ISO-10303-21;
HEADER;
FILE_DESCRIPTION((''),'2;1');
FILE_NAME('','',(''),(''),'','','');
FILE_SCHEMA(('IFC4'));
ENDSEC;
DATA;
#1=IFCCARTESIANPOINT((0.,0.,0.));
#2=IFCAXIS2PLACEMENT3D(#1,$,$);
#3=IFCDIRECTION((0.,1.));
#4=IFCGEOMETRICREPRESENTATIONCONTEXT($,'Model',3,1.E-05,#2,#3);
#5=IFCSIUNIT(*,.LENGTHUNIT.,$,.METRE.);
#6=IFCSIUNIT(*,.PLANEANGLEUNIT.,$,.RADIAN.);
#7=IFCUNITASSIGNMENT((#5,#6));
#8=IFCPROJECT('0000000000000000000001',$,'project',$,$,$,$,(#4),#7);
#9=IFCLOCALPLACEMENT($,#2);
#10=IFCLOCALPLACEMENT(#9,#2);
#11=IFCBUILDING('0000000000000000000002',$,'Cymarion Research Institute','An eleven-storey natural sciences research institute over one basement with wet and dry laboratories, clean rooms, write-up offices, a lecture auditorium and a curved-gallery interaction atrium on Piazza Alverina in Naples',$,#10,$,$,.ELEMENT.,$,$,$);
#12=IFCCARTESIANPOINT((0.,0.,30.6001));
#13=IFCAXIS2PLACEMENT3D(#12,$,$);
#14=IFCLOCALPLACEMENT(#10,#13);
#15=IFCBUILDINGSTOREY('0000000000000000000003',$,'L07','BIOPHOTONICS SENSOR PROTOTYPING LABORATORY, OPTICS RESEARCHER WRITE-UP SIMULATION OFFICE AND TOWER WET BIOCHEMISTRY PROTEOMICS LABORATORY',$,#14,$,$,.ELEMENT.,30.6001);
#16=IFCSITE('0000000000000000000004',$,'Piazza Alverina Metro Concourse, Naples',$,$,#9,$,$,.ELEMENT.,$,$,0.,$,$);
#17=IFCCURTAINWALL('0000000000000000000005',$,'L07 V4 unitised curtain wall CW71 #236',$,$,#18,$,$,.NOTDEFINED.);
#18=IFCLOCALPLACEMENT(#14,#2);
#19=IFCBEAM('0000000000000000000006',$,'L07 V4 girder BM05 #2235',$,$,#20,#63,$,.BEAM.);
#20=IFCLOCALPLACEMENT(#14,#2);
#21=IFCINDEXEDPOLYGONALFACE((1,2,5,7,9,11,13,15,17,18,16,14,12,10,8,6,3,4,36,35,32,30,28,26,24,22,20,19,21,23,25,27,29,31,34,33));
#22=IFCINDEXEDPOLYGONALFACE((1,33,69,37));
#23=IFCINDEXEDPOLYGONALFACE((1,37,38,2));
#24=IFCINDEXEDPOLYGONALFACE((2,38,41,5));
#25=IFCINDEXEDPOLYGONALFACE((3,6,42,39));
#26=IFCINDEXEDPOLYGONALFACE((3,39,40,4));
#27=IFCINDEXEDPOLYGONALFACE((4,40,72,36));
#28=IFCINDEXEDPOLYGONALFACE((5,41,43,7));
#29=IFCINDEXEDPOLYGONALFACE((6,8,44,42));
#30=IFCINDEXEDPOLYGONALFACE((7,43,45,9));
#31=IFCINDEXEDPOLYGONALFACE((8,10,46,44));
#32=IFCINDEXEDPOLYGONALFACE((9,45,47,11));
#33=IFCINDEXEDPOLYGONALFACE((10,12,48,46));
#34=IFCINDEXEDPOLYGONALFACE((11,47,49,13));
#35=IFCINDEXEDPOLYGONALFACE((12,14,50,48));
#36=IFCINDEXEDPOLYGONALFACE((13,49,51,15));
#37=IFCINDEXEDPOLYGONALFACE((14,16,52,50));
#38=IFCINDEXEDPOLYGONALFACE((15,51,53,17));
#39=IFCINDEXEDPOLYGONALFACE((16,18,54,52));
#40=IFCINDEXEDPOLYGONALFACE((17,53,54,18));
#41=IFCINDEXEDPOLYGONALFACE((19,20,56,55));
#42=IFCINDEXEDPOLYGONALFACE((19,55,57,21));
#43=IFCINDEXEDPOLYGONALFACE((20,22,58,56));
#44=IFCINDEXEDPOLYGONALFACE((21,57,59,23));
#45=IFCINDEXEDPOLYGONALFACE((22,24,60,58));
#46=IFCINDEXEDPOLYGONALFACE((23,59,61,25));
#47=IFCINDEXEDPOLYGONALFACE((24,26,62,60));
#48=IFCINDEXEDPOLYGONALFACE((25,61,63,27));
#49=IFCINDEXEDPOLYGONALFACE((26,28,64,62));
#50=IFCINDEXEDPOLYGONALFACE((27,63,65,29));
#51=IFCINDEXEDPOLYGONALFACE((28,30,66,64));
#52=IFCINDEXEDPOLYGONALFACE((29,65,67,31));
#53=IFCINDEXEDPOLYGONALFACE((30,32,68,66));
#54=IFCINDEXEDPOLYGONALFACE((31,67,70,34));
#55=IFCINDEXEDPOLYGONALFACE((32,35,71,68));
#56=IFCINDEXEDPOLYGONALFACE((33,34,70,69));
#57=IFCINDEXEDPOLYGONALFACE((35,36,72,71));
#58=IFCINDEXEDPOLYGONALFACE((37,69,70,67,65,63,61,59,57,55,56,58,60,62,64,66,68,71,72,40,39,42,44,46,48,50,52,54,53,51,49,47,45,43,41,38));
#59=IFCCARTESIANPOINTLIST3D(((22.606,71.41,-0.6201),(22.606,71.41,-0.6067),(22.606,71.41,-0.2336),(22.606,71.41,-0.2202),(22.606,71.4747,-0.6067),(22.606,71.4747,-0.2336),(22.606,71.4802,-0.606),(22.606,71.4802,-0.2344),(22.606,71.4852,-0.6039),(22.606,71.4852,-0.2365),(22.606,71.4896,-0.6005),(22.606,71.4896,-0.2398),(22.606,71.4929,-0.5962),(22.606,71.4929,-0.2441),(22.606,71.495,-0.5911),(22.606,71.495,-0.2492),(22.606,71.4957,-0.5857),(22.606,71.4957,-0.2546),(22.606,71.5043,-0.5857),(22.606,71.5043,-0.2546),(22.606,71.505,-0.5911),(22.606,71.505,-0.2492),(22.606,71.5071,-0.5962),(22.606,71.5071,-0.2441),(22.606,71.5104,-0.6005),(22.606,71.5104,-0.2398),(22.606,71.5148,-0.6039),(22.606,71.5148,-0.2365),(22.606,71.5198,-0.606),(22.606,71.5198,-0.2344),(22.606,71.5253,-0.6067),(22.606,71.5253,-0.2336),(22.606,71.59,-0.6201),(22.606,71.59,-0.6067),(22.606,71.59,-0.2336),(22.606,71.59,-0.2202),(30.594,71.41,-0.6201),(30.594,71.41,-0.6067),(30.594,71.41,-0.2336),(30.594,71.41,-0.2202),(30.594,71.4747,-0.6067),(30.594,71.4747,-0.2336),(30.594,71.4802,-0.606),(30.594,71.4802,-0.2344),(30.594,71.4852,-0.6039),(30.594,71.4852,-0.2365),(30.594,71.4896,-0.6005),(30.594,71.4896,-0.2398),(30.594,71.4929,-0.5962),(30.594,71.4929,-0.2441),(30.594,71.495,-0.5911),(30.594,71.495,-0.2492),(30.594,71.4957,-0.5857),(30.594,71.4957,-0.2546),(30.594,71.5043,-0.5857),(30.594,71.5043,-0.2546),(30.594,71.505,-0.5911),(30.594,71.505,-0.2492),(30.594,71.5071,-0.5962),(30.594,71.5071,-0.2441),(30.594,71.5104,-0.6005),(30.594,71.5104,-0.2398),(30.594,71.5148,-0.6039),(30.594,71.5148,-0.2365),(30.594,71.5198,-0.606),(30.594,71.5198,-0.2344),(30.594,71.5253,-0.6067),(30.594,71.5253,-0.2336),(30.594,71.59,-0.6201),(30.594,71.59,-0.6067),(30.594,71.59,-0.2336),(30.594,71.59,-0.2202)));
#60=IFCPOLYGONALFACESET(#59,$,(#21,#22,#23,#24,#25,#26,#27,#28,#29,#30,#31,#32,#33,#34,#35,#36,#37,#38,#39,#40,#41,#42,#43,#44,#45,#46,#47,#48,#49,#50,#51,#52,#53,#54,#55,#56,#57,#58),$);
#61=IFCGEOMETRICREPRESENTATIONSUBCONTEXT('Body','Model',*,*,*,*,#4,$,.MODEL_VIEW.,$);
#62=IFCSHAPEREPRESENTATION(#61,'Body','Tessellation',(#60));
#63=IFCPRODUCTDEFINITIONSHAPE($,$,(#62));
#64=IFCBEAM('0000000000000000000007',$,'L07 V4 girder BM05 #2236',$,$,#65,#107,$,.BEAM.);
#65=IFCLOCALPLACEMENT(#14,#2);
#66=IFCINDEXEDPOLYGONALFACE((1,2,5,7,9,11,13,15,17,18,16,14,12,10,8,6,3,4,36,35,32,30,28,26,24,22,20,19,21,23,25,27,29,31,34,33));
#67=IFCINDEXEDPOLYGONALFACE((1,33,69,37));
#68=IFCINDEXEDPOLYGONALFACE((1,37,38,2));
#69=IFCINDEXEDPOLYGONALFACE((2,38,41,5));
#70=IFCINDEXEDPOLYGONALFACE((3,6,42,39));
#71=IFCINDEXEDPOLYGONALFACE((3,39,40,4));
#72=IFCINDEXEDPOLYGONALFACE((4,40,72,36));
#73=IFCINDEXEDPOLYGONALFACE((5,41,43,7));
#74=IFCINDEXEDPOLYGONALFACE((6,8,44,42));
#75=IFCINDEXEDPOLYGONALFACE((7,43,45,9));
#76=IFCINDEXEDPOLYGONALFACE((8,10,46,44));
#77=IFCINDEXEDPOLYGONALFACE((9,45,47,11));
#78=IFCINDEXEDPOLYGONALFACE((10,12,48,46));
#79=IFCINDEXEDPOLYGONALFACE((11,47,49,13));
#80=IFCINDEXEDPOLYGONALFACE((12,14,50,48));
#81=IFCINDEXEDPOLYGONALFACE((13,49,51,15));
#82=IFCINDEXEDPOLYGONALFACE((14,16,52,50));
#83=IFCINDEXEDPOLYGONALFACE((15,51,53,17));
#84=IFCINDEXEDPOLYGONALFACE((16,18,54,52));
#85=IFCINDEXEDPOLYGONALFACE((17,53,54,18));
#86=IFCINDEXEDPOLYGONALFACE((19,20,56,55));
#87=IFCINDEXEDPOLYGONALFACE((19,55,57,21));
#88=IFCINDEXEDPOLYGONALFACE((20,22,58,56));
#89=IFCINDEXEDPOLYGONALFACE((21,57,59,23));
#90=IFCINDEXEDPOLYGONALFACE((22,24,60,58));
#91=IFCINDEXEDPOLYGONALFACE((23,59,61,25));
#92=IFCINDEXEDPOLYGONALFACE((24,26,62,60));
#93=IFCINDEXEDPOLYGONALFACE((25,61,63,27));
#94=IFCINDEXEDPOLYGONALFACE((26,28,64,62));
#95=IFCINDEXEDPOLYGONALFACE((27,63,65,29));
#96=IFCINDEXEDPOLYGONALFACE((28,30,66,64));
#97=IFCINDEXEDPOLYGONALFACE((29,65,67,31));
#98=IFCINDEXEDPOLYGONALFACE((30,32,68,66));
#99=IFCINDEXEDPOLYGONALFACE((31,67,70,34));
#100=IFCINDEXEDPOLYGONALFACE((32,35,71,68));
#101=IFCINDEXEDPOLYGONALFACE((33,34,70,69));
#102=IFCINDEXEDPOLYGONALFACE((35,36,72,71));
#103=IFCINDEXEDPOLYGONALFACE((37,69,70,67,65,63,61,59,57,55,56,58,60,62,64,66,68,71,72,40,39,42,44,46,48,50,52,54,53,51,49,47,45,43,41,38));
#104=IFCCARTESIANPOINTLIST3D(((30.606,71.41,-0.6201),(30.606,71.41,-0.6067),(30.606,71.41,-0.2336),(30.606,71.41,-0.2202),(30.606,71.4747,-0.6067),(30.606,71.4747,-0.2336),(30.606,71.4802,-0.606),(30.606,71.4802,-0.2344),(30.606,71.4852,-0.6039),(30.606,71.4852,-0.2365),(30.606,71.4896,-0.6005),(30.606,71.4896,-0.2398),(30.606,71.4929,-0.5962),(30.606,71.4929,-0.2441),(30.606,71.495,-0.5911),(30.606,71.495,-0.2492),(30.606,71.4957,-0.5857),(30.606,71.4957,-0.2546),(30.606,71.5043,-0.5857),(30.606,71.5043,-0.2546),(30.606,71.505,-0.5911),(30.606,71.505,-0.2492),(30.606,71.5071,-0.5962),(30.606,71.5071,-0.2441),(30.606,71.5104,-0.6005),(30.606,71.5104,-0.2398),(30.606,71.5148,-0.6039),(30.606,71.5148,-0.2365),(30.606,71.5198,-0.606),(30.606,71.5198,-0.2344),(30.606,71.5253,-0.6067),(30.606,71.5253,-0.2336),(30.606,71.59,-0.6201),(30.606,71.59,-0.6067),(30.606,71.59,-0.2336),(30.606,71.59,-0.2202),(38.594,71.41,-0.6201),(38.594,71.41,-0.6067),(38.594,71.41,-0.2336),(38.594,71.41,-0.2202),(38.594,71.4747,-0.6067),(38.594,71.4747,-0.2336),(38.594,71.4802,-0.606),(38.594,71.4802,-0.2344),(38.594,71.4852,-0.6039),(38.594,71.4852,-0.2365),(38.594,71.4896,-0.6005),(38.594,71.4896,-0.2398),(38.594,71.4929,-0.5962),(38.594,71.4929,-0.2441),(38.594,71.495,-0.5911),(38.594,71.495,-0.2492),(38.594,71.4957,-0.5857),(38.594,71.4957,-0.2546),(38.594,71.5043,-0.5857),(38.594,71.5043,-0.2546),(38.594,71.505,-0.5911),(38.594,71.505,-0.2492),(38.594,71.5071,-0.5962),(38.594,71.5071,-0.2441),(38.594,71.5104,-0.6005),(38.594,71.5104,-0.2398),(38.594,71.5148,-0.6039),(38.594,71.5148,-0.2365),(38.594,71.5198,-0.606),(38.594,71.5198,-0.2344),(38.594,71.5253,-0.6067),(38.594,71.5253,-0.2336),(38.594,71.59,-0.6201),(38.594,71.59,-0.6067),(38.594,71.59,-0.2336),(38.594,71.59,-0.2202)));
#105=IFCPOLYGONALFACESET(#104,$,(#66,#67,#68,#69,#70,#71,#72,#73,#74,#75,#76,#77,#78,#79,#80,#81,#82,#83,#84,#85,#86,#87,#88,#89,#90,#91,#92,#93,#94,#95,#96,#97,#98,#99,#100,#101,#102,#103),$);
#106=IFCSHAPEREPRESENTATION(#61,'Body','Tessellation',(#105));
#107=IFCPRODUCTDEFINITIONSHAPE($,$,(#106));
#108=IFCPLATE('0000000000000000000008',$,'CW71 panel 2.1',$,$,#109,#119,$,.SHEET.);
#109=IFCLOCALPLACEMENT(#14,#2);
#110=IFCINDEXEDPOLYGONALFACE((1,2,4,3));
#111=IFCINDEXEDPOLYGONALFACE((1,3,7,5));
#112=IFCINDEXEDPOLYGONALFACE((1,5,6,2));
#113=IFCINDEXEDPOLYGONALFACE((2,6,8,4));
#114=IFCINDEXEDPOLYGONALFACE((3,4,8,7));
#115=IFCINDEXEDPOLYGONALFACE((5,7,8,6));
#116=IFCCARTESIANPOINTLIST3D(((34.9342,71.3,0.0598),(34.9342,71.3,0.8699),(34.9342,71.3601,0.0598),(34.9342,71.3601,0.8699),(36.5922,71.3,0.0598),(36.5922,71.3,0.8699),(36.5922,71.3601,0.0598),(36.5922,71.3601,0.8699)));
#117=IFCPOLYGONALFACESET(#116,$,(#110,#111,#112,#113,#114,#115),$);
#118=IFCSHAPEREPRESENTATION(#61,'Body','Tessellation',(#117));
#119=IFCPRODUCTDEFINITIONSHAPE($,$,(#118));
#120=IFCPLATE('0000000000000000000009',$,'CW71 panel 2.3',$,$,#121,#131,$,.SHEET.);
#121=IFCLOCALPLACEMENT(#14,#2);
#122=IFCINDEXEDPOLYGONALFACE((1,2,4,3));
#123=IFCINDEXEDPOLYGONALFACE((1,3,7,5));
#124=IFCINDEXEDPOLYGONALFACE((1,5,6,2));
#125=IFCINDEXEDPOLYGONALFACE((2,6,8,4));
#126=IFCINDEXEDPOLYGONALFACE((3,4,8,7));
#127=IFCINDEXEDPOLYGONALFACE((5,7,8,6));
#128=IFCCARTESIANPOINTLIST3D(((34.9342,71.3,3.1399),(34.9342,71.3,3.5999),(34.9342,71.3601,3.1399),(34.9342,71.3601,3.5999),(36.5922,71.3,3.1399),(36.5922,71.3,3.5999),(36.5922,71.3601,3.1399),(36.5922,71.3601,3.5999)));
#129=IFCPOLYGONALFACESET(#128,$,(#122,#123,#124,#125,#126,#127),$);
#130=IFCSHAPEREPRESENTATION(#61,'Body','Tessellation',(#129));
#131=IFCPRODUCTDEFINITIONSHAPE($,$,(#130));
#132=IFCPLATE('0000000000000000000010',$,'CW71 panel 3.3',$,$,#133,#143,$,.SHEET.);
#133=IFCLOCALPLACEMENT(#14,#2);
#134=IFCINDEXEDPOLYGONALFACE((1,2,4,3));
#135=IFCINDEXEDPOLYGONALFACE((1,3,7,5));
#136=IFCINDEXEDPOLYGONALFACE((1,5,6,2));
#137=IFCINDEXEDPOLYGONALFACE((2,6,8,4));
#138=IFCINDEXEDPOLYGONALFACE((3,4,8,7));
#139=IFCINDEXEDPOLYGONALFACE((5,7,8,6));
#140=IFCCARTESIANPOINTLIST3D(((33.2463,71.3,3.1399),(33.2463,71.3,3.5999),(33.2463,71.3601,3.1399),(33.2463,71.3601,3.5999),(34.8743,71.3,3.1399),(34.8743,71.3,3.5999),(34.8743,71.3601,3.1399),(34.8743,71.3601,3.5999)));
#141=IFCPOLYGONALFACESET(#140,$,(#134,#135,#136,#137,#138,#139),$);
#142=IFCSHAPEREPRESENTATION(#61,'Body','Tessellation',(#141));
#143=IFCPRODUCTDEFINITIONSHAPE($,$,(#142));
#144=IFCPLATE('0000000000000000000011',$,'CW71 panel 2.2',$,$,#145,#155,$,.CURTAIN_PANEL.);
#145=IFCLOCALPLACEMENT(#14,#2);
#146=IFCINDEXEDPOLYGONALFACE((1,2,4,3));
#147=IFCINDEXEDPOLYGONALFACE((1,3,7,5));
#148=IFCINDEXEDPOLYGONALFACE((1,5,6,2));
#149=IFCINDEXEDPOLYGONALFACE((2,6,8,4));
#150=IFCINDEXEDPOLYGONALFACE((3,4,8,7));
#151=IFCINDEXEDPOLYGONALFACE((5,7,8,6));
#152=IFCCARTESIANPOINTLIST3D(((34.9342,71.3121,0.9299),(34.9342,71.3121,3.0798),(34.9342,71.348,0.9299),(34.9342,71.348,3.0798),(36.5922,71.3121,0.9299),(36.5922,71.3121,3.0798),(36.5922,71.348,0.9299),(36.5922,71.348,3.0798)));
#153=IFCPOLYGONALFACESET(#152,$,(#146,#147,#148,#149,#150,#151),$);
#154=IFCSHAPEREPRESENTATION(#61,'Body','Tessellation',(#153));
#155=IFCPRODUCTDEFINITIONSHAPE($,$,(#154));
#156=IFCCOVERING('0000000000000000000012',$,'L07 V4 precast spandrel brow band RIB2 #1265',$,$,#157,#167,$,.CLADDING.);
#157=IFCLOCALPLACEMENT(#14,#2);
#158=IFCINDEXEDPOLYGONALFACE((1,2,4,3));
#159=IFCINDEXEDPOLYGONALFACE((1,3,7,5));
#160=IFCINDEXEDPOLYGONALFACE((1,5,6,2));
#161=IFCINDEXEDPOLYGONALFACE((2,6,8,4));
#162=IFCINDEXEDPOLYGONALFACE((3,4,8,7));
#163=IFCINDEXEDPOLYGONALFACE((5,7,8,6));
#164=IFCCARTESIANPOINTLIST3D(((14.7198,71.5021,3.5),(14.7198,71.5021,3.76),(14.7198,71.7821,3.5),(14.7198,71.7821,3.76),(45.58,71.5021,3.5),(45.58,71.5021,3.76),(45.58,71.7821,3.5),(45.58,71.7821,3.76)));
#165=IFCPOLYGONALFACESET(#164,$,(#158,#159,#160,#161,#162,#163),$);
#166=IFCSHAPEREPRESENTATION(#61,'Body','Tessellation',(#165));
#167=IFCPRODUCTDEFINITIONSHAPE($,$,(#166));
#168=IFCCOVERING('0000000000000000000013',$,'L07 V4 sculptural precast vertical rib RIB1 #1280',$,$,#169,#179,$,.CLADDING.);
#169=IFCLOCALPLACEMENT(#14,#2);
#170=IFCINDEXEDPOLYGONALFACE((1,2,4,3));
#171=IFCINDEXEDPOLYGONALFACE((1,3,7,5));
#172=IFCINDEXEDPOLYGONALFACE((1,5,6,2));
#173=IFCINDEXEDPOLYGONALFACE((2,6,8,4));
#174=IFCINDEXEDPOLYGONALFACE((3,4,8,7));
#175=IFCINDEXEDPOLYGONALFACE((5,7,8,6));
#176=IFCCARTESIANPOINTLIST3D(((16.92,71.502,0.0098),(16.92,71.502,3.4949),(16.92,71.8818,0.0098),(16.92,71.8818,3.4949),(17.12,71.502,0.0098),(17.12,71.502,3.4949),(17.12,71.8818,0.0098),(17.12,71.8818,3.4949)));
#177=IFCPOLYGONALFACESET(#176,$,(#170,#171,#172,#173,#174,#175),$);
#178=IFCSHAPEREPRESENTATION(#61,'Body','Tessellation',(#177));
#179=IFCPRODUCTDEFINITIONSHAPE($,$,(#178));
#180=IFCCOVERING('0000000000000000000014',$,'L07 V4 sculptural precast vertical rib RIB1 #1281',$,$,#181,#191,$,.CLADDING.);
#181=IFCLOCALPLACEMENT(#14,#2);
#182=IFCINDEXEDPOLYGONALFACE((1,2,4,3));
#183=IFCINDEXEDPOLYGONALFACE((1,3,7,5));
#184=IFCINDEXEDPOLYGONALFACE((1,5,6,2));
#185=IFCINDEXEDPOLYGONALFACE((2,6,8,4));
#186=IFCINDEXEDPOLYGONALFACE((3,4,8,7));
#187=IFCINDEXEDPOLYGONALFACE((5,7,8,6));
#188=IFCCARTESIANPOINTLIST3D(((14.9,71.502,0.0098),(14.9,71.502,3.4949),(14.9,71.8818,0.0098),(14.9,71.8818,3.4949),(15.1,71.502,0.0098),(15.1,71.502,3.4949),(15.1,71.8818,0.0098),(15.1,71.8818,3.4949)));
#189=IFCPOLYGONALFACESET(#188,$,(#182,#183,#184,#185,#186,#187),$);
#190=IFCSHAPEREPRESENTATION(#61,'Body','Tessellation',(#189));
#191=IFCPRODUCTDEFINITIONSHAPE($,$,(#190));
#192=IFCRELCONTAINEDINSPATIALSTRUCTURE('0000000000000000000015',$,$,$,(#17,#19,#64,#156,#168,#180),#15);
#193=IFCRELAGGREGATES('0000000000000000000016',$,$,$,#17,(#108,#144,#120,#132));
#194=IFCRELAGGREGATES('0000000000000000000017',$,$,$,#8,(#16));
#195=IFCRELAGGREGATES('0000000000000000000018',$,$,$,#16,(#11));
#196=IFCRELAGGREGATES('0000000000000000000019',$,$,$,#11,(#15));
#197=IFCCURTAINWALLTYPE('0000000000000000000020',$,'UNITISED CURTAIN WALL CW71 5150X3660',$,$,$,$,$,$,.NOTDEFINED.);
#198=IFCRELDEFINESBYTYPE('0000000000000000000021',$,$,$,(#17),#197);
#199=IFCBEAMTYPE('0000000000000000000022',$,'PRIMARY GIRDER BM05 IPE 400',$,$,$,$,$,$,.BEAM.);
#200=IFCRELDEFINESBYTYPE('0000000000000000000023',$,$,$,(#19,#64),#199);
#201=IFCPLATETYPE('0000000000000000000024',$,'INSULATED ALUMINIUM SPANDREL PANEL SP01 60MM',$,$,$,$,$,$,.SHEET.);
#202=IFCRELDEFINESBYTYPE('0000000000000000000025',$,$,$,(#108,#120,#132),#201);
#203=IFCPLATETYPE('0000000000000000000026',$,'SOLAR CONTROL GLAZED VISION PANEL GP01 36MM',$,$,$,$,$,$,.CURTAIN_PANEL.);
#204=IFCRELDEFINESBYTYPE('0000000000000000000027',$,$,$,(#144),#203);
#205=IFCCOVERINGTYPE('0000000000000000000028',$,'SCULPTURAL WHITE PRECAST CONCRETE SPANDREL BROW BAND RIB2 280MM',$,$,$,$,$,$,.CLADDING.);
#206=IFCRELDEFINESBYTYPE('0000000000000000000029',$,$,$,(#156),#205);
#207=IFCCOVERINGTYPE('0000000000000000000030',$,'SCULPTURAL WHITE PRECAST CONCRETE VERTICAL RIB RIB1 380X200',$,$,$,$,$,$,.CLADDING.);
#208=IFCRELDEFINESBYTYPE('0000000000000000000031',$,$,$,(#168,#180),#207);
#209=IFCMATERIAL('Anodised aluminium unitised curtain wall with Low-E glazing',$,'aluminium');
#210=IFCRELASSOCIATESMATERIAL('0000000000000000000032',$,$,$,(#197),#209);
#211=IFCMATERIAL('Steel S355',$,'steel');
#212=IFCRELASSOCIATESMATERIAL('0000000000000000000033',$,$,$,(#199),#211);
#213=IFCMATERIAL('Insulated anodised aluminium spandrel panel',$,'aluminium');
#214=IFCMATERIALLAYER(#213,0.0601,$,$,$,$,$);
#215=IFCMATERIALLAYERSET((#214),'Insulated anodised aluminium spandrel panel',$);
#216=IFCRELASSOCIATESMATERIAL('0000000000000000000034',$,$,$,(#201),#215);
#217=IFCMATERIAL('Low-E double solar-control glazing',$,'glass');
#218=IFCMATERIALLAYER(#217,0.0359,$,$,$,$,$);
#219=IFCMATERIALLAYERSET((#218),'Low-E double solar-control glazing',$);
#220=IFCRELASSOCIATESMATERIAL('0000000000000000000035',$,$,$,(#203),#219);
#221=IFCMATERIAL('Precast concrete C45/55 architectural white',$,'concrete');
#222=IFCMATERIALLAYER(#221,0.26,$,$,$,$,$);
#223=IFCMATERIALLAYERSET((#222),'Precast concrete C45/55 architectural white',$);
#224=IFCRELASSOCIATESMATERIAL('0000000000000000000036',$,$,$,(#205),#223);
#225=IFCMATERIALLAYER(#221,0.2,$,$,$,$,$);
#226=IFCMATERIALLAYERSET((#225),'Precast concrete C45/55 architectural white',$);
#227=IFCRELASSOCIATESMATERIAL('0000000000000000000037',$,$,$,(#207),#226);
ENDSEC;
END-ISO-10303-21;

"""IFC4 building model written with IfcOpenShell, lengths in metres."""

from ifc_helpers import new_model, si_unit, direction, frame, origin, origin_2d, place, context, subcontext, project, spatial, rectangle, i_section, extrude, material, layer, layer_set, material_profile, profile_set, type_object, element, aggregate, save


model = new_model("IFC4")

# Units and contexts
model_context = context("Model", 3, precision=1e-05, world=origin(), true_north=direction((0.0, 1.0)))
body_context = subcontext(model_context, "Body", "Model", "MODEL_VIEW")
ifc_project = project(units=[si_unit("LENGTHUNIT", "METRE"), si_unit("PLANEANGLEUNIT", "RADIAN")], contexts=[model_context])

# Site, building, storey
site_placement = place(None, origin())
site = spatial("IfcSite", under=ifc_project, at=site_placement, Name="Piazza Alverina Metro Concourse, Naples", CompositionType="ELEMENT", RefElevation=0.0)
building_placement = place(site_placement, origin())
building = spatial("IfcBuilding", under=site, at=building_placement, Name="Cymarion Research Institute", Description="An eleven-storey natural sciences research institute over one basement with wet and dry laboratories, clean rooms, write-up offices, a lecture auditorium and a curved-gallery interaction atrium on Piazza Alverina in Naples", CompositionType="ELEMENT")
storey_placement = place(building_placement, frame((0.0, 0.0, 30.6001)))
storey = spatial("IfcBuildingStorey", under=building, at=storey_placement, Name="L07", Description="BIOPHOTONICS SENSOR PROTOTYPING LABORATORY, OPTICS RESEARCHER WRITE-UP SIMULATION OFFICE AND TOWER WET BIOCHEMISTRY PROTEOMICS LABORATORY", CompositionType="ELEMENT", Elevation=30.6001)

# Shared definitions
ifc_material_1 = material(Name="Steel S355", Category="steel")

# Curtain wall
ifc_material_2 = material(Name="Anodised aluminium unitised curtain wall with Low-E glazing", Category="aluminium")
curtain_wall_type = type_object("IfcCurtainWallType", Name="UNITISED CURTAIN WALL CW71 5150X3660", PredefinedType="NOTDEFINED", material=ifc_material_2)
curtain_wall_placement = place(storey_placement, origin())
curtain_wall = element("IfcCurtainWall", 1, at=curtain_wall_placement, inside=storey, type_object=curtain_wall_type, Name="L07 V4 unitised curtain wall CW71 #236", PredefinedType="NOTDEFINED")

# Beams
ifc_material_profile_1 = material_profile(ifc_material_1, i_section(OverallWidth=0.1799, OverallDepth=0.3999, WebThickness=0.0085, FlangeThickness=0.0134, FilletRadius=0.021, at=origin_2d()), Name="IPE 400")
ifc_profile_set_1 = profile_set([ifc_material_profile_1], Name="Steel S355")
beam_type = type_object("IfcBeamType", Name="PRIMARY GIRDER BM05 IPE 400", PredefinedType="BEAM", material=ifc_profile_set_1)
for number, where, z_axis, x_axis, name in (
    (2, (22.606, 71.5, -0.4202), (1.0, 0.0, 0.0), (0.0, 1.0, 0.0), "L07 V4 girder BM05 #2235"),
    (3, (30.606, 71.5, -0.4202), (1.0, 0.0, 0.0), (0.0, 1.0, 0.0), "L07 V4 girder BM05 #2236"),
):
    element("IfcBeam", number, at=place(storey_placement, frame(where, z_axis=z_axis, x_axis=x_axis)), inside=storey, type_object=beam_type, Name=name, PredefinedType="BEAM", context=body_context, shape_type="SweptSolid", body=[
        extrude(i_section(OverallWidth=0.1799, OverallDepth=0.3999, WebThickness=0.0085, FlangeThickness=0.0134, FilletRadius=0.021, at=origin_2d()), origin(), (0.0, 0.0, 1.0), 7.988),
    ])

# Plates
ifc_material_3 = material(Name="Insulated anodised aluminium spandrel panel", Category="aluminium")
ifc_layer_1 = layer(ifc_material_3, 0.0601)
ifc_layer_set_1 = layer_set([ifc_layer_1], Name="Insulated anodised aluminium spandrel panel")
plate_type_1 = type_object("IfcPlateType", Name="INSULATED ALUMINIUM SPANDREL PANEL SP01 60MM", PredefinedType="SHEET", material=ifc_layer_set_1)
plate_1_placement = place(storey_placement, frame((35.7632, 71.3301, 0.0598), z_axis=(0.0, 0.0, 1.0), x_axis=(-1.0, 0.0, 0.0)))
plate_1 = element("IfcPlate", 4, at=plate_1_placement, type_object=plate_type_1, Name="CW71 panel 2.1", PredefinedType="SHEET", context=body_context, shape_type="SweptSolid", body=[
    extrude(rectangle(XDim=1.658, YDim=0.0601, at=origin_2d()), origin(), (0.0, 0.0, 1.0), 0.8101),
])
plate_2_placement = place(storey_placement, frame((35.7632, 71.3301, 3.1399), z_axis=(0.0, 0.0, 1.0), x_axis=(-1.0, 0.0, 0.0)))
plate_2 = element("IfcPlate", 5, at=plate_2_placement, type_object=plate_type_1, Name="CW71 panel 2.3", PredefinedType="SHEET", context=body_context, shape_type="SweptSolid", body=[
    extrude(rectangle(XDim=1.658, YDim=0.0601, at=origin_2d()), origin(), (0.0, 0.0, 1.0), 0.46),
])
plate_3_placement = place(storey_placement, frame((34.0603, 71.3301, 3.1399), z_axis=(0.0, 0.0, 1.0), x_axis=(-1.0, 0.0, 0.0)))
plate_3 = element("IfcPlate", 6, at=plate_3_placement, type_object=plate_type_1, Name="CW71 panel 3.3", PredefinedType="SHEET", context=body_context, shape_type="SweptSolid", body=[
    extrude(rectangle(XDim=1.6279, YDim=0.0601, at=origin_2d()), origin(), (0.0, 0.0, 1.0), 0.46),
])
ifc_material_4 = material(Name="Low-E double solar-control glazing", Category="glass")
ifc_layer_2 = layer(ifc_material_4, 0.0359)
ifc_layer_set_2 = layer_set([ifc_layer_2], Name="Low-E double solar-control glazing")
plate_type_2 = type_object("IfcPlateType", Name="SOLAR CONTROL GLAZED VISION PANEL GP01 36MM", PredefinedType="CURTAIN_PANEL", material=ifc_layer_set_2)
plate_4_placement = place(storey_placement, frame((35.7632, 71.3301, 0.9299), z_axis=(0.0, 0.0, 1.0), x_axis=(-1.0, 0.0, 0.0)))
plate_4 = element("IfcPlate", 7, at=plate_4_placement, type_object=plate_type_2, Name="CW71 panel 2.2", PredefinedType="CURTAIN_PANEL", context=body_context, shape_type="SweptSolid", body=[
    extrude(rectangle(XDim=1.658, YDim=0.0359, at=origin_2d()), origin(), (0.0, 0.0, 1.0), 2.1499),
])
aggregate(curtain_wall, [plate_1, plate_4, plate_2, plate_3])

# Coverings
ifc_material_5 = material(Name="Precast concrete C45/55 architectural white", Category="concrete")
ifc_layer_3 = layer(ifc_material_5, 0.26)
ifc_layer_set_3 = layer_set([ifc_layer_3], Name="Precast concrete C45/55 architectural white")
covering_type_1 = type_object("IfcCoveringType", Name="SCULPTURAL WHITE PRECAST CONCRETE SPANDREL BROW BAND RIB2 280MM", PredefinedType="CLADDING", material=ifc_layer_set_3)
covering_placement = place(storey_placement, frame((30.1499, 71.6421, 3.5), z_axis=(0.0, 0.0, 1.0), x_axis=(0.0, 1.0, 0.0)))
element("IfcCovering", 8, at=covering_placement, inside=storey, type_object=covering_type_1, Name="L07 V4 precast spandrel brow band RIB2 #1265", PredefinedType="CLADDING", context=body_context, shape_type="SweptSolid", body=[
    extrude(rectangle(XDim=0.28, YDim=30.8601, at=origin_2d()), origin(), (0.0, 0.0, 1.0), 0.26),
])
ifc_layer_4 = layer(ifc_material_5, 0.2)
ifc_layer_set_4 = layer_set([ifc_layer_4], Name="Precast concrete C45/55 architectural white")
covering_type_2 = type_object("IfcCoveringType", Name="SCULPTURAL WHITE PRECAST CONCRETE VERTICAL RIB RIB1 380X200", PredefinedType="CLADDING", material=ifc_layer_set_4)
for number, where, z_axis, x_axis, name in (
    (9, (17.02, 71.6919, 0.0098), (0.0, 0.0, 1.0), (0.0, 1.0, 0.0), "L07 V4 sculptural precast vertical rib RIB1 #1280"),
    (10, (15.0, 71.6919, 0.0098), (0.0, 0.0, 1.0), (0.0, 1.0, 0.0), "L07 V4 sculptural precast vertical rib RIB1 #1281"),
):
    element("IfcCovering", number, at=place(storey_placement, frame(where, z_axis=z_axis, x_axis=x_axis)), inside=storey, type_object=covering_type_2, Name=name, PredefinedType="CLADDING", context=body_context, shape_type="SweptSolid", body=[
        extrude(rectangle(XDim=0.3799, YDim=0.2, at=origin_2d()), origin(), (0.0, 0.0, 1.0), 3.4851),
    ])

save(model, "model.ifc")
